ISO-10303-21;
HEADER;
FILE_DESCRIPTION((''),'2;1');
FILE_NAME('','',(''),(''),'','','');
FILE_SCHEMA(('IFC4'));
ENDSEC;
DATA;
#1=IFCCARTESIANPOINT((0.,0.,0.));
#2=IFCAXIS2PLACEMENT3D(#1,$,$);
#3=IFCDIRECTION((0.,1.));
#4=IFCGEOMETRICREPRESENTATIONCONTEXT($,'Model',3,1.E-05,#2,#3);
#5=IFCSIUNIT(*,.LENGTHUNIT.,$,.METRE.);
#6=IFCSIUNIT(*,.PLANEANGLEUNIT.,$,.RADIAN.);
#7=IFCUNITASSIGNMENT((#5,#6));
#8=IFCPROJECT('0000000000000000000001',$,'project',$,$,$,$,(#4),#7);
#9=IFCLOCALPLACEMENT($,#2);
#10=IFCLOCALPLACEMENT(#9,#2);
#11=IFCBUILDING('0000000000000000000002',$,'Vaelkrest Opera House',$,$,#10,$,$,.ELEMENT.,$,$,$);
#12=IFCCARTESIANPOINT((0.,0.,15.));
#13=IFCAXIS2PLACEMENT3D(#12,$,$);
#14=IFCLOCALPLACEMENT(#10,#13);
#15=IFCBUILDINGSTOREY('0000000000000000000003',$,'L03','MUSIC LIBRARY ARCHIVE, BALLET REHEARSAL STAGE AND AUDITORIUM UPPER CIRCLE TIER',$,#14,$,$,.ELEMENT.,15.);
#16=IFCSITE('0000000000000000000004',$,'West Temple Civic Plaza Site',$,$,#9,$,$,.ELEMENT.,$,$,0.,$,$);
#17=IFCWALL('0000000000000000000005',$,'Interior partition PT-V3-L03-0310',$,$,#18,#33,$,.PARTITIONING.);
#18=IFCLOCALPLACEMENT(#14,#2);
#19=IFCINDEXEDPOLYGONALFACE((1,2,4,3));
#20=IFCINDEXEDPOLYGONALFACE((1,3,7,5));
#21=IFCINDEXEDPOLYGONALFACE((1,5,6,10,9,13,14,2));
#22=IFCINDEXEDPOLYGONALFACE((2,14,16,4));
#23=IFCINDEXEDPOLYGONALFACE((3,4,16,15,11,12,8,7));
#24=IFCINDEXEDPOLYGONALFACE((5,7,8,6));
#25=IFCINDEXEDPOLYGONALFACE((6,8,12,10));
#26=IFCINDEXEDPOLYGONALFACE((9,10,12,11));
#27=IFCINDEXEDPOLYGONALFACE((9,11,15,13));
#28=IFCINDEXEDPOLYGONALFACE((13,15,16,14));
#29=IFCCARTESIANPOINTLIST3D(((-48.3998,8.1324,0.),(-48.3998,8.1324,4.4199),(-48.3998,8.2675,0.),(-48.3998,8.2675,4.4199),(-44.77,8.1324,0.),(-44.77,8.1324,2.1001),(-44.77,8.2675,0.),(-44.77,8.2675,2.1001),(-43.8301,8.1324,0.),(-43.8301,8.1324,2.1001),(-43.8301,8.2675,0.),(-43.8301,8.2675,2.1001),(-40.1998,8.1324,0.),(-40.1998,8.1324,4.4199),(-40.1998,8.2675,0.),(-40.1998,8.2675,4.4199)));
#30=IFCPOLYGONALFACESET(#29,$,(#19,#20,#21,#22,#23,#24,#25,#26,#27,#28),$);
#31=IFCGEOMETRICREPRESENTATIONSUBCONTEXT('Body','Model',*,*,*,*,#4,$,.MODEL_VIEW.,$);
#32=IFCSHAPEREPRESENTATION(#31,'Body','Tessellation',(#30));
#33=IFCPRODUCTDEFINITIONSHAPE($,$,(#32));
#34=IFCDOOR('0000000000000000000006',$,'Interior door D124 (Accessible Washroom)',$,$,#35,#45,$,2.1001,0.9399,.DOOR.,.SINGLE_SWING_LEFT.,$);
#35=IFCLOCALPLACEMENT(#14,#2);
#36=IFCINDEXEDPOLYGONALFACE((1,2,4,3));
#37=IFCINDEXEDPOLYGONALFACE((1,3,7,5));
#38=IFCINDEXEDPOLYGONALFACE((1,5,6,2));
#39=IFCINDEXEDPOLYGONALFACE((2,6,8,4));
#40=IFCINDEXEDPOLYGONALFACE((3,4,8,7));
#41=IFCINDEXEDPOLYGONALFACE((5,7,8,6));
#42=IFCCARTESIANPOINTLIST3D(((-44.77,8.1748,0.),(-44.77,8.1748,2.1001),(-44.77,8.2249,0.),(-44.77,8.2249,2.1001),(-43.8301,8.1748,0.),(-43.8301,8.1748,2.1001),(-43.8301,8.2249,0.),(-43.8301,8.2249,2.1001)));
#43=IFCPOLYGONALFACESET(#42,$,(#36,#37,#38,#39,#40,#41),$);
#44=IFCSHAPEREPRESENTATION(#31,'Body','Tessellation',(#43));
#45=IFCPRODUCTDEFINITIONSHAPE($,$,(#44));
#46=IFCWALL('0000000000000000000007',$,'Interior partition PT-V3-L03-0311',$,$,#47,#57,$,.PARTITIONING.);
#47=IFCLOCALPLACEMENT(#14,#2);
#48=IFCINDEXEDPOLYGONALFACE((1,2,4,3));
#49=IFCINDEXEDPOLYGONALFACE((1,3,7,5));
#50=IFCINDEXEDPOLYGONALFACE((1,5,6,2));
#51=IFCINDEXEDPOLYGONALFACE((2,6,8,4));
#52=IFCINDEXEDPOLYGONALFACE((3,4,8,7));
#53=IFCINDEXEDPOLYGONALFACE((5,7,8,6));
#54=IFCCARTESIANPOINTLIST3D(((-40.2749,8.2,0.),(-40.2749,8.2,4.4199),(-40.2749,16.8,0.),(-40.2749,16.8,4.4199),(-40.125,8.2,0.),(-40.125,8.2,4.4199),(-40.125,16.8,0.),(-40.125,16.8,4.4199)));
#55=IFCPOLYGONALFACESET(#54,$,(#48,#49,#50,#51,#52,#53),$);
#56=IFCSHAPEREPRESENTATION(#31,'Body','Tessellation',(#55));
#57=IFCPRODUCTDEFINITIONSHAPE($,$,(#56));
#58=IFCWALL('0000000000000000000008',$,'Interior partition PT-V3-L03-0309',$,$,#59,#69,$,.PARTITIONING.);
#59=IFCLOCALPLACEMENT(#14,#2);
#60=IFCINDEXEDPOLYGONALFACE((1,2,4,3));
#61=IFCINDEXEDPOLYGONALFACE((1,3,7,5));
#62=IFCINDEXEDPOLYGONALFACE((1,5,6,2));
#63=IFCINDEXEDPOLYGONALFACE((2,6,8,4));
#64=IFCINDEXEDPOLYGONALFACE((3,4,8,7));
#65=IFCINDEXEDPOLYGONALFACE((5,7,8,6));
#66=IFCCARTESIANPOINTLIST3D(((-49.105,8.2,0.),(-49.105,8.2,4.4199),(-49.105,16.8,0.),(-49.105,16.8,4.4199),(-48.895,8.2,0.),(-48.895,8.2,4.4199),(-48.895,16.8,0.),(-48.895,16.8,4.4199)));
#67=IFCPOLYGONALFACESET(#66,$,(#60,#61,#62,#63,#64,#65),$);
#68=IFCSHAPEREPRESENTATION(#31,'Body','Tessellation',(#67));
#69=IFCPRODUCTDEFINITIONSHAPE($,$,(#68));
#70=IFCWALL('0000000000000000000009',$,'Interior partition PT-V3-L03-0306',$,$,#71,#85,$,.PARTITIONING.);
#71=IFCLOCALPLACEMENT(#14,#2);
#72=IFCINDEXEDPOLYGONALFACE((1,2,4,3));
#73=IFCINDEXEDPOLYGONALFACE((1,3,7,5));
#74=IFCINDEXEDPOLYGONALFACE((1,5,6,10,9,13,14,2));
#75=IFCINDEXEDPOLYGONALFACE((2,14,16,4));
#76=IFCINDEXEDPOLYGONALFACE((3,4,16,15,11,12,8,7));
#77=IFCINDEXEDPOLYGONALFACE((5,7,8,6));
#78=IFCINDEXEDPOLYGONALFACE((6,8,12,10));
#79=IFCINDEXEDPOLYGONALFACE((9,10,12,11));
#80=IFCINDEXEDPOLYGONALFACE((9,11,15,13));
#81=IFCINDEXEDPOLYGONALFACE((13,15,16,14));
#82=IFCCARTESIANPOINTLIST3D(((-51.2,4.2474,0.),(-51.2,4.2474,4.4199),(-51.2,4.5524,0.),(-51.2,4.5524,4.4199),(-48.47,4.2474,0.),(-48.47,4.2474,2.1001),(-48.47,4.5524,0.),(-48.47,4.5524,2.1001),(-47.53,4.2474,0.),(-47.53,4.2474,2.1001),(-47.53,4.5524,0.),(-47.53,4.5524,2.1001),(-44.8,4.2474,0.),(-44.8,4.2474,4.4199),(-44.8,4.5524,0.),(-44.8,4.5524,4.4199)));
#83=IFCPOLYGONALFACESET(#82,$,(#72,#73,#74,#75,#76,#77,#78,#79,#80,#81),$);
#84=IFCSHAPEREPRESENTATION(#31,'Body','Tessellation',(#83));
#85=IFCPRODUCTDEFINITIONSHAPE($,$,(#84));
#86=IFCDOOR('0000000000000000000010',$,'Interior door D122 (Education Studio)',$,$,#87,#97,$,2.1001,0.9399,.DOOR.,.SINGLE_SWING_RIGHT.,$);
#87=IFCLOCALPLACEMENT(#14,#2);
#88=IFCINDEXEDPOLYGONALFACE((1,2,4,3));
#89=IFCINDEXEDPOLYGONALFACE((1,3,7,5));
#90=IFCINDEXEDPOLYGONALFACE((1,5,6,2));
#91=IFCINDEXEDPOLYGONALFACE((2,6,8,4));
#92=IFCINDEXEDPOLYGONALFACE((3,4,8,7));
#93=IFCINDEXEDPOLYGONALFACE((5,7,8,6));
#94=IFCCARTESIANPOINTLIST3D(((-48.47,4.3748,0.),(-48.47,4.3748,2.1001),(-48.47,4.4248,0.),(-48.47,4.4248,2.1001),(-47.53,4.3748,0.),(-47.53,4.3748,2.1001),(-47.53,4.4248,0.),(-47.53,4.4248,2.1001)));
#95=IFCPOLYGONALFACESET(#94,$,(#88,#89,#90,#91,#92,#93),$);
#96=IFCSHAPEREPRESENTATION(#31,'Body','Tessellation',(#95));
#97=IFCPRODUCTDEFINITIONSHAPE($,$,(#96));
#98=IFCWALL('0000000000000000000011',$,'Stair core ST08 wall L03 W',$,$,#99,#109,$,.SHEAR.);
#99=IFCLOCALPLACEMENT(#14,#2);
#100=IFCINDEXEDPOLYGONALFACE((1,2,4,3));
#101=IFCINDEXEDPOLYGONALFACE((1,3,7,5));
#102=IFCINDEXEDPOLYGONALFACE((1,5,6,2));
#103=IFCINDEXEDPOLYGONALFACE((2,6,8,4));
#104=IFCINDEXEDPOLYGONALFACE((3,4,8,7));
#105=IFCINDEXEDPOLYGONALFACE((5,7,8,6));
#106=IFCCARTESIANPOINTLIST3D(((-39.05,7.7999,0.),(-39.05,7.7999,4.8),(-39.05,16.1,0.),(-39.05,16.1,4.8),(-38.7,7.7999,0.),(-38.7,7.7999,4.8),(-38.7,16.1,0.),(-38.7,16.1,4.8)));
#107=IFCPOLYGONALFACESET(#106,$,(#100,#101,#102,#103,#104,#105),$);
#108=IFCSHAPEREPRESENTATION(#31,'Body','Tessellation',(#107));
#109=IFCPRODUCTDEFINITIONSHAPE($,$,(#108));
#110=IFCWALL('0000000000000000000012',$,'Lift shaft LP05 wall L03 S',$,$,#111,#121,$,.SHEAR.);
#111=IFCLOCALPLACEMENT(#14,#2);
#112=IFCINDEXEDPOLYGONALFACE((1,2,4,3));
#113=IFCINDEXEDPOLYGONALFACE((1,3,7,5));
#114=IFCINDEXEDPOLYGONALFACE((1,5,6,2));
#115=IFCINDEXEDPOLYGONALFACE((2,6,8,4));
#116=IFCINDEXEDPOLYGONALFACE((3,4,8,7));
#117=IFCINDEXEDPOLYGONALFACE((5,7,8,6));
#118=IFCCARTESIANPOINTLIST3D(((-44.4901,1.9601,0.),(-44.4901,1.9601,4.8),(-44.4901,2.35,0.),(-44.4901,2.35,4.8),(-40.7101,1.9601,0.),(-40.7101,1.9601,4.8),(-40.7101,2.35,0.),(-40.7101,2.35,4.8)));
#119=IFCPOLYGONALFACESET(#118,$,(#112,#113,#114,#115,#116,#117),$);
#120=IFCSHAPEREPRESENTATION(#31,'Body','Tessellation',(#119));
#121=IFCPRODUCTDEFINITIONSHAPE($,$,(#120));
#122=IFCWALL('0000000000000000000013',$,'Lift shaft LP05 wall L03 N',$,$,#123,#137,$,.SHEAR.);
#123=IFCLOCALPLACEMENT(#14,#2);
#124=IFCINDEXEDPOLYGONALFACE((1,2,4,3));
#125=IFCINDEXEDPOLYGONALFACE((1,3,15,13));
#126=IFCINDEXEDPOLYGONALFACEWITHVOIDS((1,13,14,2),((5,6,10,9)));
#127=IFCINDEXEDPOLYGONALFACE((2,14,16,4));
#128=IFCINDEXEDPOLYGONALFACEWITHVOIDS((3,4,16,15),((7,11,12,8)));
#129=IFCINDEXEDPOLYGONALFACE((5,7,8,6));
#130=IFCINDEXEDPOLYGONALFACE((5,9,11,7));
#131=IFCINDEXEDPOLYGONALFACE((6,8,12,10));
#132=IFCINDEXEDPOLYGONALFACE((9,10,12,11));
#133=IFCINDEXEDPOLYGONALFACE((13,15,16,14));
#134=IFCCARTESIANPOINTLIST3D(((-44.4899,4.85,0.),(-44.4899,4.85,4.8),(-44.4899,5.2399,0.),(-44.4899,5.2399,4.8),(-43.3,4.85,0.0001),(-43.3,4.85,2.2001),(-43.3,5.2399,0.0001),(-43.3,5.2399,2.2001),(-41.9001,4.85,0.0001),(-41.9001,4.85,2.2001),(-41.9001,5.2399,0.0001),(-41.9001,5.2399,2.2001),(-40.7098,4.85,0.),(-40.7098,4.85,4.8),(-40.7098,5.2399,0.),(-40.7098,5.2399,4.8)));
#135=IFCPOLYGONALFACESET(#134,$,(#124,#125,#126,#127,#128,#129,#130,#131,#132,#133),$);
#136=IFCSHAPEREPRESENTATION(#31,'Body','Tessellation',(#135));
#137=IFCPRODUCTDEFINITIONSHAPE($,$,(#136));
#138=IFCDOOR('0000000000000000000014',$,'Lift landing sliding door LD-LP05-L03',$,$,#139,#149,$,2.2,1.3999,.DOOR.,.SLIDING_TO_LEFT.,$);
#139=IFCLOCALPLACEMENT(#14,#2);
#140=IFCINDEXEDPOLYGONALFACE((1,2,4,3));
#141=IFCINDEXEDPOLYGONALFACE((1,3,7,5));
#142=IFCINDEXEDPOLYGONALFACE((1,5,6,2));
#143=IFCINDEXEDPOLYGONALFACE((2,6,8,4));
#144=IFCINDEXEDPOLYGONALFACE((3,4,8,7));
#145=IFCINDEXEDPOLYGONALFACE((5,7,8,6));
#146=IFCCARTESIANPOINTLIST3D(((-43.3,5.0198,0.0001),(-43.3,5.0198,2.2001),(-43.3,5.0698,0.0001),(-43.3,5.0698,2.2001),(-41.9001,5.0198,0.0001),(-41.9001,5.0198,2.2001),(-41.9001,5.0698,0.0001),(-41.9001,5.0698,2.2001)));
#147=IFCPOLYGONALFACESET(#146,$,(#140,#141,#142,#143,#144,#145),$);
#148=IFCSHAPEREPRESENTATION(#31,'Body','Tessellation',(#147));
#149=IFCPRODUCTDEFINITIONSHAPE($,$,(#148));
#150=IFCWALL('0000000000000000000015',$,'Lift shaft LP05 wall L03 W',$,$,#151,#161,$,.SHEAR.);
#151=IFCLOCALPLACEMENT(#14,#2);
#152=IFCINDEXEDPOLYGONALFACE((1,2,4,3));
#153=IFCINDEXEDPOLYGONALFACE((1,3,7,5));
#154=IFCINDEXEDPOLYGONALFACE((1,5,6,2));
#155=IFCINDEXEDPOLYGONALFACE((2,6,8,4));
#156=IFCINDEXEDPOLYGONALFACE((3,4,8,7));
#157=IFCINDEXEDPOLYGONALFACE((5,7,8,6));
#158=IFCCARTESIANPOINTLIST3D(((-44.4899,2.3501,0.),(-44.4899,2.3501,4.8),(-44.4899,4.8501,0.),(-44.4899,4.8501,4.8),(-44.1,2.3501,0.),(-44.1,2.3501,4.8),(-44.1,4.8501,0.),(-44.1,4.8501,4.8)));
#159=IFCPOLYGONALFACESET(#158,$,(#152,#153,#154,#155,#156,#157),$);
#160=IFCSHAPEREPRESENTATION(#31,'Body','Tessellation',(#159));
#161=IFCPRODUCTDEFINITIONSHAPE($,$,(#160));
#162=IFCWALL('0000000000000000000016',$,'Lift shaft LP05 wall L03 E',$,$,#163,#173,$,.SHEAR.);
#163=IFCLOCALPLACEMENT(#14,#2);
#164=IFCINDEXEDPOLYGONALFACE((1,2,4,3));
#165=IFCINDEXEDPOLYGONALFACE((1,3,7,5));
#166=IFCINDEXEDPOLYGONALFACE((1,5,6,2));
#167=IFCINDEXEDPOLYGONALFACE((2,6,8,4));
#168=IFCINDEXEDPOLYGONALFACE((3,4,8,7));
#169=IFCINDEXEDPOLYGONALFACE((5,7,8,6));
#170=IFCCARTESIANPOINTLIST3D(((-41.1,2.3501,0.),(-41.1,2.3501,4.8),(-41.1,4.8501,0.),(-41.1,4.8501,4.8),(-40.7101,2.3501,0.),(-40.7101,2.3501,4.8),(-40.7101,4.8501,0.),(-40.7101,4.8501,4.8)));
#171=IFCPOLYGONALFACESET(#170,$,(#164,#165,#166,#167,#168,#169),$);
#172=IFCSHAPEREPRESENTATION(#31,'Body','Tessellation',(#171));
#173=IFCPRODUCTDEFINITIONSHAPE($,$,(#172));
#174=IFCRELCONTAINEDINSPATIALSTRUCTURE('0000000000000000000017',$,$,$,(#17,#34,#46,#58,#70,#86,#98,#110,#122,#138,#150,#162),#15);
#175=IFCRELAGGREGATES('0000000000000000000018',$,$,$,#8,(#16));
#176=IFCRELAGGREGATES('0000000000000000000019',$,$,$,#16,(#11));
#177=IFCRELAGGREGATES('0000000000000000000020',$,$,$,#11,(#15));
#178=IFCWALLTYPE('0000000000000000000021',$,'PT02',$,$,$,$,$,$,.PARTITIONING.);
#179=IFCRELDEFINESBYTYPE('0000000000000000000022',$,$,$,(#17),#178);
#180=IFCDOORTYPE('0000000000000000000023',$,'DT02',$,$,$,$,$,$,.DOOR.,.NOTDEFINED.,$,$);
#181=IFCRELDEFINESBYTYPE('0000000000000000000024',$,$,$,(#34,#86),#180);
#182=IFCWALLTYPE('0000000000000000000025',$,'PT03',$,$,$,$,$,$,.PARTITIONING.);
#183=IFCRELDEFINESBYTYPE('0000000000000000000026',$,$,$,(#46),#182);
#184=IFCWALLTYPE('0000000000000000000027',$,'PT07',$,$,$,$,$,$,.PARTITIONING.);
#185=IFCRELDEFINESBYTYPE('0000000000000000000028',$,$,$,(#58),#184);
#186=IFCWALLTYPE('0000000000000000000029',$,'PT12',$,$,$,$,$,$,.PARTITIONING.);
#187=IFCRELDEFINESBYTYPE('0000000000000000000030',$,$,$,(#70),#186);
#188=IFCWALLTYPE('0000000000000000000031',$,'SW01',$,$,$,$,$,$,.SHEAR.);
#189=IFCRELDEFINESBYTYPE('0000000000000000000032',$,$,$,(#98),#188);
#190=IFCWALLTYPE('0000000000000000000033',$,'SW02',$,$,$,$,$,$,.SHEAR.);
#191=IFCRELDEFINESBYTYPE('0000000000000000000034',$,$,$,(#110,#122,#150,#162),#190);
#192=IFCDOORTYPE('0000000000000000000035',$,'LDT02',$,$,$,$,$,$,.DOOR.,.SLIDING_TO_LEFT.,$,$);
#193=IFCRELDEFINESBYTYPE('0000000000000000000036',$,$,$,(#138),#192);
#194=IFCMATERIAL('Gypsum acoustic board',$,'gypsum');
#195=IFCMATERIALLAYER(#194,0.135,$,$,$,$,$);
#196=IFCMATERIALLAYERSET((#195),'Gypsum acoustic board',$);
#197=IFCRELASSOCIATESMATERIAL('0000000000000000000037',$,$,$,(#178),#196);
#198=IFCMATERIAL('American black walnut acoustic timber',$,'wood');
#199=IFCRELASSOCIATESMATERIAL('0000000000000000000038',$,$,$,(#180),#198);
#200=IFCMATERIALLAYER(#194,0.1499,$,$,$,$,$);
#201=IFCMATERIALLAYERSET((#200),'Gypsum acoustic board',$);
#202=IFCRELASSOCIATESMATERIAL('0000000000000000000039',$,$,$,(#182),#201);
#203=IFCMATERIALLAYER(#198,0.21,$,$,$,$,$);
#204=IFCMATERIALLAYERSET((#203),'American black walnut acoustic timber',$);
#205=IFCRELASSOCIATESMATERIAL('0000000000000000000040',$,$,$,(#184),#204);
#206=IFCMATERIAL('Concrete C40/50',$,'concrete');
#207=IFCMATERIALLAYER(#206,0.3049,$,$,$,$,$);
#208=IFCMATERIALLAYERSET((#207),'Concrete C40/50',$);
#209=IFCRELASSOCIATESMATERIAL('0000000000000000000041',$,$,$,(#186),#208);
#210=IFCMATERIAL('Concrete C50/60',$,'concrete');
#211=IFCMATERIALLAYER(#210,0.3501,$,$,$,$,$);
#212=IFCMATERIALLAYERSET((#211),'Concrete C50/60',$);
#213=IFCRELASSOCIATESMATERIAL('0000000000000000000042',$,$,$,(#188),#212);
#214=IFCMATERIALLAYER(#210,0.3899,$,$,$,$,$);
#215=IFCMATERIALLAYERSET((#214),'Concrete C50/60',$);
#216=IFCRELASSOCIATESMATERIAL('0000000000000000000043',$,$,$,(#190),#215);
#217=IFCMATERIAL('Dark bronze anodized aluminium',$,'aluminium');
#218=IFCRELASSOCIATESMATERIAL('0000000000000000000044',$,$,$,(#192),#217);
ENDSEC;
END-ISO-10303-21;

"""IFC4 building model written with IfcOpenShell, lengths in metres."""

from ifc_helpers import new_model, si_unit, direction, frame, frame_2d, origin, place, context, subcontext, project, spatial, rectangle, extrude, material, layer, layer_set, type_object, element, fill, save


model = new_model("IFC4")

# Units and contexts
model_context = context("Model", 3, precision=1e-05, world=origin(), true_north=direction((0.0, 1.0)))
body_context = subcontext(model_context, "Body", "Model", "MODEL_VIEW")
ifc_project = project(units=[si_unit("LENGTHUNIT", "METRE"), si_unit("PLANEANGLEUNIT", "RADIAN")], contexts=[model_context])

# Site, building, storey
site_placement = place(None, origin())
site = spatial("IfcSite", under=ifc_project, at=site_placement, Name="West Temple Civic Plaza Site", CompositionType="ELEMENT", RefElevation=0.0)
building_placement = place(site_placement, origin())
building = spatial("IfcBuilding", under=site, at=building_placement, Name="Vaelkrest Opera House", CompositionType="ELEMENT")
storey_placement = place(building_placement, frame((0.0, 0.0, 15.0)))
storey = spatial("IfcBuildingStorey", under=building, at=storey_placement, Name="L03", Description="MUSIC LIBRARY ARCHIVE, BALLET REHEARSAL STAGE AND AUDITORIUM UPPER CIRCLE TIER", CompositionType="ELEMENT", Elevation=15.0)

# Shared definitions
ifc_material_1 = material(Name="Concrete C50/60", Category="concrete")

# Wall, opening, door
ifc_material_2 = material(Name="Gypsum acoustic board", Category="gypsum")
ifc_layer_1 = layer(ifc_material_2, 0.135)
ifc_layer_set_1 = layer_set([ifc_layer_1], Name="Gypsum acoustic board")
wall_type_1 = type_object("IfcWallType", Name="PT02", PredefinedType="PARTITIONING", material=ifc_layer_set_1)
wall_1_placement = place(storey_placement, frame((-48.3999, 8.2, 0.0), z_axis=(0.0, 0.0, 1.0), x_axis=(1.0, 0.0, 0.0)))
wall_1 = element("IfcWall", 1, at=wall_1_placement, inside=storey, type_object=wall_type_1, Name="Interior partition PT-V3-L03-0310", PredefinedType="PARTITIONING", context=body_context, shape_type="SweptSolid", body=[
    extrude(rectangle(XDim=8.2, YDim=0.135, at=frame_2d((4.1001, 0.0))), origin(), (0.0, 0.0, 1.0), 4.4199),
])
opening_1_placement = place(wall_1_placement, frame((3.6299, 0.0, 0.0)))
opening_1 = element("IfcOpeningElement", 2, at=opening_1_placement, cuts=wall_1, PredefinedType="OPENING", context=body_context, shape_type="SweptSolid", body=[
    extrude(rectangle(XDim=0.9399, YDim=2.1001, at=frame_2d((0.47, 1.05))), frame((0.0, 0.0774, 0.0), z_axis=(0.0, -1.0, 0.0), x_axis=(1.0, 0.0, 0.0)), (0.0, 0.0, 1.0), 0.155),
])
ifc_material_3 = material(Name="American black walnut acoustic timber", Category="wood")
door_type_1 = type_object("IfcDoorType", Name="DT02", OperationType="NOTDEFINED", PredefinedType="DOOR", material=ifc_material_3)
door_1_placement = place(opening_1_placement, origin())
door_1 = element("IfcDoor", 3, at=door_1_placement, inside=storey, type_object=door_type_1, Name="Interior door D124 (Accessible Washroom)", OperationType="SINGLE_SWING_LEFT", OverallHeight=2.1001, OverallWidth=0.9399, PredefinedType="DOOR", context=body_context, shape_type="SweptSolid", body=[
    extrude(rectangle(XDim=0.9399, YDim=2.1001, at=frame_2d((0.47, 1.05))), frame((0.0, 0.0249, 0.0), z_axis=(0.0, -1.0, 0.0), x_axis=(1.0, 0.0, 0.0)), (0.0, 0.0, 1.0), 0.05),
])
fill(opening_1, door_1)

# Walls
ifc_layer_2 = layer(ifc_material_2, 0.1499)
ifc_layer_set_2 = layer_set([ifc_layer_2], Name="Gypsum acoustic board")
wall_type_2 = type_object("IfcWallType", Name="PT03", PredefinedType="PARTITIONING", material=ifc_layer_set_2)
wall_2_placement = place(storey_placement, frame((-40.2, 8.2, 0.0), z_axis=(0.0, 0.0, 1.0), x_axis=(0.0, 1.0, 0.0)))
element("IfcWall", 4, at=wall_2_placement, inside=storey, type_object=wall_type_2, Name="Interior partition PT-V3-L03-0311", PredefinedType="PARTITIONING", context=body_context, shape_type="SweptSolid", body=[
    extrude(rectangle(XDim=8.6001, YDim=0.1499, at=frame_2d((4.3, 0.0))), origin(), (0.0, 0.0, 1.0), 4.4199),
])
ifc_layer_3 = layer(ifc_material_3, 0.21)
ifc_layer_set_3 = layer_set([ifc_layer_3], Name="American black walnut acoustic timber")
wall_type_3 = type_object("IfcWallType", Name="PT07", PredefinedType="PARTITIONING", material=ifc_layer_set_3)
wall_3_placement = place(storey_placement, frame((-49.0, 8.2, 0.0), z_axis=(0.0, 0.0, 1.0), x_axis=(0.0, 1.0, 0.0)))
element("IfcWall", 5, at=wall_3_placement, inside=storey, type_object=wall_type_3, Name="Interior partition PT-V3-L03-0309", PredefinedType="PARTITIONING", context=body_context, shape_type="SweptSolid", body=[
    extrude(rectangle(XDim=8.6001, YDim=0.21, at=frame_2d((4.3, 0.0))), origin(), (0.0, 0.0, 1.0), 4.4199),
])

# Wall, opening, door
ifc_material_4 = material(Name="Concrete C40/50", Category="concrete")
ifc_layer_4 = layer(ifc_material_4, 0.3049)
ifc_layer_set_4 = layer_set([ifc_layer_4], Name="Concrete C40/50")
wall_type_4 = type_object("IfcWallType", Name="PT12", PredefinedType="PARTITIONING", material=ifc_layer_set_4)
wall_4_placement = place(storey_placement, frame((-51.2, 4.3999, 0.0), z_axis=(0.0, 0.0, 1.0), x_axis=(1.0, 0.0, 0.0)))
wall_4 = element("IfcWall", 6, at=wall_4_placement, inside=storey, type_object=wall_type_4, Name="Interior partition PT-V3-L03-0306", PredefinedType="PARTITIONING", context=body_context, shape_type="SweptSolid", body=[
    extrude(rectangle(XDim=6.3999, YDim=0.3049, at=frame_2d((3.2, 0.0))), origin(), (0.0, 0.0, 1.0), 4.4199),
])
opening_2_placement = place(wall_4_placement, frame((2.73, 0.0, 0.0)))
opening_2 = element("IfcOpeningElement", 7, at=opening_2_placement, cuts=wall_4, PredefinedType="OPENING", context=body_context, shape_type="SweptSolid", body=[
    extrude(rectangle(XDim=0.9399, YDim=2.1001, at=frame_2d((0.47, 1.05))), frame((0.0, 0.1624, 0.0), z_axis=(0.0, -1.0, 0.0), x_axis=(1.0, 0.0, 0.0)), (0.0, 0.0, 1.0), 0.325),
])
door_2_placement = place(opening_2_placement, origin())
door_2 = element("IfcDoor", 8, at=door_2_placement, inside=storey, type_object=door_type_1, Name="Interior door D122 (Education Studio)", OperationType="SINGLE_SWING_RIGHT", OverallHeight=2.1001, OverallWidth=0.9399, PredefinedType="DOOR", context=body_context, shape_type="SweptSolid", body=[
    extrude(rectangle(XDim=0.9399, YDim=2.1001, at=frame_2d((0.47, 1.05))), frame((0.0, 0.0249, 0.0), z_axis=(0.0, -1.0, 0.0), x_axis=(1.0, 0.0, 0.0)), (0.0, 0.0, 1.0), 0.05),
])
fill(opening_2, door_2)

# Walls
ifc_layer_5 = layer(ifc_material_1, 0.3501)
ifc_layer_set_5 = layer_set([ifc_layer_5], Name="Concrete C50/60")
wall_type_5 = type_object("IfcWallType", Name="SW01", PredefinedType="SHEAR", material=ifc_layer_set_5)
wall_5_placement = place(storey_placement, frame((-38.875, 7.8, 0.0), z_axis=(0.0, 0.0, 1.0), x_axis=(0.0, 1.0, 0.0)))
element("IfcWall", 9, at=wall_5_placement, inside=storey, type_object=wall_type_5, Name="Stair core ST08 wall L03 W", PredefinedType="SHEAR", context=body_context, shape_type="SweptSolid", body=[
    extrude(rectangle(XDim=8.3, YDim=0.3501, at=frame_2d((4.1499, 0.0))), origin(), (0.0, 0.0, 1.0), 4.8),
])
ifc_layer_6 = layer(ifc_material_1, 0.3899)
ifc_layer_set_6 = layer_set([ifc_layer_6], Name="Concrete C50/60")
wall_type_6 = type_object("IfcWallType", Name="SW02", PredefinedType="SHEAR", material=ifc_layer_set_6)
wall_6_placement = place(storey_placement, frame((-40.71, 2.155, 0.0), z_axis=(0.0, 0.0, 1.0), x_axis=(-1.0, 0.0, 0.0)))
element("IfcWall", 10, at=wall_6_placement, inside=storey, type_object=wall_type_6, Name="Lift shaft LP05 wall L03 S", PredefinedType="SHEAR", context=body_context, shape_type="SweptSolid", body=[
    extrude(rectangle(XDim=3.78, YDim=0.3899, at=frame_2d((1.8901, 0.0))), origin(), (0.0, 0.0, 1.0), 4.8),
])

# Wall, opening, door
wall_7_placement = place(storey_placement, frame((-44.49, 5.0449, 0.0), z_axis=(0.0, 0.0, 1.0), x_axis=(1.0, 0.0, 0.0)))
wall_7 = element("IfcWall", 11, at=wall_7_placement, inside=storey, type_object=wall_type_6, Name="Lift shaft LP05 wall L03 N", PredefinedType="SHEAR", context=body_context, shape_type="SweptSolid", body=[
    extrude(rectangle(XDim=3.78, YDim=0.3899, at=frame_2d((1.8901, 0.0))), origin(), (0.0, 0.0, 1.0), 4.8),
])
opening_3_placement = place(wall_7_placement, frame((1.1899, 0.0, 0.0)))
opening_3 = element("IfcOpeningElement", 12, at=opening_3_placement, cuts=wall_7, PredefinedType="OPENING", context=body_context, shape_type="SweptSolid", body=[
    extrude(rectangle(XDim=1.3999, YDim=2.2, at=frame_2d((0.7, 1.1001))), frame((0.0, 0.2048, 0.0), z_axis=(0.0, -1.0, 0.0), x_axis=(1.0, 0.0, 0.0)), (0.0, 0.0, 1.0), 0.4099),
])
ifc_material_5 = material(Name="Dark bronze anodized aluminium", Category="aluminium")
door_type_2 = type_object("IfcDoorType", Name="LDT02", OperationType="SLIDING_TO_LEFT", PredefinedType="DOOR", material=ifc_material_5)
door_3_placement = place(opening_3_placement, origin())
door_3 = element("IfcDoor", 13, at=door_3_placement, inside=storey, type_object=door_type_2, Name="Lift landing sliding door LD-LP05-L03", OperationType="SLIDING_TO_LEFT", OverallHeight=2.2, OverallWidth=1.3999, PredefinedType="DOOR", context=body_context, shape_type="SweptSolid", body=[
    extrude(rectangle(XDim=1.3999, YDim=2.2, at=frame_2d((0.7, 1.1001))), frame((0.0, 0.0249, 0.0), z_axis=(0.0, -1.0, 0.0), x_axis=(1.0, 0.0, 0.0)), (0.0, 0.0, 1.0), 0.05),
])
fill(opening_3, door_3)

# Walls
for number, where, z_axis, x_axis, name in (
    (14, (-44.2949, 2.3501, 0.0), (0.0, 0.0, 1.0), (0.0, 1.0, 0.0), "Lift shaft LP05 wall L03 W"),
    (15, (-40.905, 4.8501, 0.0), (0.0, 0.0, 1.0), (0.0, -1.0, 0.0), "Lift shaft LP05 wall L03 E"),
):
    element("IfcWall", number, at=place(storey_placement, frame(where, z_axis=z_axis, x_axis=x_axis)), inside=storey, type_object=wall_type_6, Name=name, PredefinedType="SHEAR", context=body_context, shape_type="SweptSolid", body=[
        extrude(rectangle(XDim=2.5, YDim=0.3899, at=frame_2d((1.25, 0.0))), origin(), (0.0, 0.0, 1.0), 4.8),
    ])

save(model, "model.ifc")
